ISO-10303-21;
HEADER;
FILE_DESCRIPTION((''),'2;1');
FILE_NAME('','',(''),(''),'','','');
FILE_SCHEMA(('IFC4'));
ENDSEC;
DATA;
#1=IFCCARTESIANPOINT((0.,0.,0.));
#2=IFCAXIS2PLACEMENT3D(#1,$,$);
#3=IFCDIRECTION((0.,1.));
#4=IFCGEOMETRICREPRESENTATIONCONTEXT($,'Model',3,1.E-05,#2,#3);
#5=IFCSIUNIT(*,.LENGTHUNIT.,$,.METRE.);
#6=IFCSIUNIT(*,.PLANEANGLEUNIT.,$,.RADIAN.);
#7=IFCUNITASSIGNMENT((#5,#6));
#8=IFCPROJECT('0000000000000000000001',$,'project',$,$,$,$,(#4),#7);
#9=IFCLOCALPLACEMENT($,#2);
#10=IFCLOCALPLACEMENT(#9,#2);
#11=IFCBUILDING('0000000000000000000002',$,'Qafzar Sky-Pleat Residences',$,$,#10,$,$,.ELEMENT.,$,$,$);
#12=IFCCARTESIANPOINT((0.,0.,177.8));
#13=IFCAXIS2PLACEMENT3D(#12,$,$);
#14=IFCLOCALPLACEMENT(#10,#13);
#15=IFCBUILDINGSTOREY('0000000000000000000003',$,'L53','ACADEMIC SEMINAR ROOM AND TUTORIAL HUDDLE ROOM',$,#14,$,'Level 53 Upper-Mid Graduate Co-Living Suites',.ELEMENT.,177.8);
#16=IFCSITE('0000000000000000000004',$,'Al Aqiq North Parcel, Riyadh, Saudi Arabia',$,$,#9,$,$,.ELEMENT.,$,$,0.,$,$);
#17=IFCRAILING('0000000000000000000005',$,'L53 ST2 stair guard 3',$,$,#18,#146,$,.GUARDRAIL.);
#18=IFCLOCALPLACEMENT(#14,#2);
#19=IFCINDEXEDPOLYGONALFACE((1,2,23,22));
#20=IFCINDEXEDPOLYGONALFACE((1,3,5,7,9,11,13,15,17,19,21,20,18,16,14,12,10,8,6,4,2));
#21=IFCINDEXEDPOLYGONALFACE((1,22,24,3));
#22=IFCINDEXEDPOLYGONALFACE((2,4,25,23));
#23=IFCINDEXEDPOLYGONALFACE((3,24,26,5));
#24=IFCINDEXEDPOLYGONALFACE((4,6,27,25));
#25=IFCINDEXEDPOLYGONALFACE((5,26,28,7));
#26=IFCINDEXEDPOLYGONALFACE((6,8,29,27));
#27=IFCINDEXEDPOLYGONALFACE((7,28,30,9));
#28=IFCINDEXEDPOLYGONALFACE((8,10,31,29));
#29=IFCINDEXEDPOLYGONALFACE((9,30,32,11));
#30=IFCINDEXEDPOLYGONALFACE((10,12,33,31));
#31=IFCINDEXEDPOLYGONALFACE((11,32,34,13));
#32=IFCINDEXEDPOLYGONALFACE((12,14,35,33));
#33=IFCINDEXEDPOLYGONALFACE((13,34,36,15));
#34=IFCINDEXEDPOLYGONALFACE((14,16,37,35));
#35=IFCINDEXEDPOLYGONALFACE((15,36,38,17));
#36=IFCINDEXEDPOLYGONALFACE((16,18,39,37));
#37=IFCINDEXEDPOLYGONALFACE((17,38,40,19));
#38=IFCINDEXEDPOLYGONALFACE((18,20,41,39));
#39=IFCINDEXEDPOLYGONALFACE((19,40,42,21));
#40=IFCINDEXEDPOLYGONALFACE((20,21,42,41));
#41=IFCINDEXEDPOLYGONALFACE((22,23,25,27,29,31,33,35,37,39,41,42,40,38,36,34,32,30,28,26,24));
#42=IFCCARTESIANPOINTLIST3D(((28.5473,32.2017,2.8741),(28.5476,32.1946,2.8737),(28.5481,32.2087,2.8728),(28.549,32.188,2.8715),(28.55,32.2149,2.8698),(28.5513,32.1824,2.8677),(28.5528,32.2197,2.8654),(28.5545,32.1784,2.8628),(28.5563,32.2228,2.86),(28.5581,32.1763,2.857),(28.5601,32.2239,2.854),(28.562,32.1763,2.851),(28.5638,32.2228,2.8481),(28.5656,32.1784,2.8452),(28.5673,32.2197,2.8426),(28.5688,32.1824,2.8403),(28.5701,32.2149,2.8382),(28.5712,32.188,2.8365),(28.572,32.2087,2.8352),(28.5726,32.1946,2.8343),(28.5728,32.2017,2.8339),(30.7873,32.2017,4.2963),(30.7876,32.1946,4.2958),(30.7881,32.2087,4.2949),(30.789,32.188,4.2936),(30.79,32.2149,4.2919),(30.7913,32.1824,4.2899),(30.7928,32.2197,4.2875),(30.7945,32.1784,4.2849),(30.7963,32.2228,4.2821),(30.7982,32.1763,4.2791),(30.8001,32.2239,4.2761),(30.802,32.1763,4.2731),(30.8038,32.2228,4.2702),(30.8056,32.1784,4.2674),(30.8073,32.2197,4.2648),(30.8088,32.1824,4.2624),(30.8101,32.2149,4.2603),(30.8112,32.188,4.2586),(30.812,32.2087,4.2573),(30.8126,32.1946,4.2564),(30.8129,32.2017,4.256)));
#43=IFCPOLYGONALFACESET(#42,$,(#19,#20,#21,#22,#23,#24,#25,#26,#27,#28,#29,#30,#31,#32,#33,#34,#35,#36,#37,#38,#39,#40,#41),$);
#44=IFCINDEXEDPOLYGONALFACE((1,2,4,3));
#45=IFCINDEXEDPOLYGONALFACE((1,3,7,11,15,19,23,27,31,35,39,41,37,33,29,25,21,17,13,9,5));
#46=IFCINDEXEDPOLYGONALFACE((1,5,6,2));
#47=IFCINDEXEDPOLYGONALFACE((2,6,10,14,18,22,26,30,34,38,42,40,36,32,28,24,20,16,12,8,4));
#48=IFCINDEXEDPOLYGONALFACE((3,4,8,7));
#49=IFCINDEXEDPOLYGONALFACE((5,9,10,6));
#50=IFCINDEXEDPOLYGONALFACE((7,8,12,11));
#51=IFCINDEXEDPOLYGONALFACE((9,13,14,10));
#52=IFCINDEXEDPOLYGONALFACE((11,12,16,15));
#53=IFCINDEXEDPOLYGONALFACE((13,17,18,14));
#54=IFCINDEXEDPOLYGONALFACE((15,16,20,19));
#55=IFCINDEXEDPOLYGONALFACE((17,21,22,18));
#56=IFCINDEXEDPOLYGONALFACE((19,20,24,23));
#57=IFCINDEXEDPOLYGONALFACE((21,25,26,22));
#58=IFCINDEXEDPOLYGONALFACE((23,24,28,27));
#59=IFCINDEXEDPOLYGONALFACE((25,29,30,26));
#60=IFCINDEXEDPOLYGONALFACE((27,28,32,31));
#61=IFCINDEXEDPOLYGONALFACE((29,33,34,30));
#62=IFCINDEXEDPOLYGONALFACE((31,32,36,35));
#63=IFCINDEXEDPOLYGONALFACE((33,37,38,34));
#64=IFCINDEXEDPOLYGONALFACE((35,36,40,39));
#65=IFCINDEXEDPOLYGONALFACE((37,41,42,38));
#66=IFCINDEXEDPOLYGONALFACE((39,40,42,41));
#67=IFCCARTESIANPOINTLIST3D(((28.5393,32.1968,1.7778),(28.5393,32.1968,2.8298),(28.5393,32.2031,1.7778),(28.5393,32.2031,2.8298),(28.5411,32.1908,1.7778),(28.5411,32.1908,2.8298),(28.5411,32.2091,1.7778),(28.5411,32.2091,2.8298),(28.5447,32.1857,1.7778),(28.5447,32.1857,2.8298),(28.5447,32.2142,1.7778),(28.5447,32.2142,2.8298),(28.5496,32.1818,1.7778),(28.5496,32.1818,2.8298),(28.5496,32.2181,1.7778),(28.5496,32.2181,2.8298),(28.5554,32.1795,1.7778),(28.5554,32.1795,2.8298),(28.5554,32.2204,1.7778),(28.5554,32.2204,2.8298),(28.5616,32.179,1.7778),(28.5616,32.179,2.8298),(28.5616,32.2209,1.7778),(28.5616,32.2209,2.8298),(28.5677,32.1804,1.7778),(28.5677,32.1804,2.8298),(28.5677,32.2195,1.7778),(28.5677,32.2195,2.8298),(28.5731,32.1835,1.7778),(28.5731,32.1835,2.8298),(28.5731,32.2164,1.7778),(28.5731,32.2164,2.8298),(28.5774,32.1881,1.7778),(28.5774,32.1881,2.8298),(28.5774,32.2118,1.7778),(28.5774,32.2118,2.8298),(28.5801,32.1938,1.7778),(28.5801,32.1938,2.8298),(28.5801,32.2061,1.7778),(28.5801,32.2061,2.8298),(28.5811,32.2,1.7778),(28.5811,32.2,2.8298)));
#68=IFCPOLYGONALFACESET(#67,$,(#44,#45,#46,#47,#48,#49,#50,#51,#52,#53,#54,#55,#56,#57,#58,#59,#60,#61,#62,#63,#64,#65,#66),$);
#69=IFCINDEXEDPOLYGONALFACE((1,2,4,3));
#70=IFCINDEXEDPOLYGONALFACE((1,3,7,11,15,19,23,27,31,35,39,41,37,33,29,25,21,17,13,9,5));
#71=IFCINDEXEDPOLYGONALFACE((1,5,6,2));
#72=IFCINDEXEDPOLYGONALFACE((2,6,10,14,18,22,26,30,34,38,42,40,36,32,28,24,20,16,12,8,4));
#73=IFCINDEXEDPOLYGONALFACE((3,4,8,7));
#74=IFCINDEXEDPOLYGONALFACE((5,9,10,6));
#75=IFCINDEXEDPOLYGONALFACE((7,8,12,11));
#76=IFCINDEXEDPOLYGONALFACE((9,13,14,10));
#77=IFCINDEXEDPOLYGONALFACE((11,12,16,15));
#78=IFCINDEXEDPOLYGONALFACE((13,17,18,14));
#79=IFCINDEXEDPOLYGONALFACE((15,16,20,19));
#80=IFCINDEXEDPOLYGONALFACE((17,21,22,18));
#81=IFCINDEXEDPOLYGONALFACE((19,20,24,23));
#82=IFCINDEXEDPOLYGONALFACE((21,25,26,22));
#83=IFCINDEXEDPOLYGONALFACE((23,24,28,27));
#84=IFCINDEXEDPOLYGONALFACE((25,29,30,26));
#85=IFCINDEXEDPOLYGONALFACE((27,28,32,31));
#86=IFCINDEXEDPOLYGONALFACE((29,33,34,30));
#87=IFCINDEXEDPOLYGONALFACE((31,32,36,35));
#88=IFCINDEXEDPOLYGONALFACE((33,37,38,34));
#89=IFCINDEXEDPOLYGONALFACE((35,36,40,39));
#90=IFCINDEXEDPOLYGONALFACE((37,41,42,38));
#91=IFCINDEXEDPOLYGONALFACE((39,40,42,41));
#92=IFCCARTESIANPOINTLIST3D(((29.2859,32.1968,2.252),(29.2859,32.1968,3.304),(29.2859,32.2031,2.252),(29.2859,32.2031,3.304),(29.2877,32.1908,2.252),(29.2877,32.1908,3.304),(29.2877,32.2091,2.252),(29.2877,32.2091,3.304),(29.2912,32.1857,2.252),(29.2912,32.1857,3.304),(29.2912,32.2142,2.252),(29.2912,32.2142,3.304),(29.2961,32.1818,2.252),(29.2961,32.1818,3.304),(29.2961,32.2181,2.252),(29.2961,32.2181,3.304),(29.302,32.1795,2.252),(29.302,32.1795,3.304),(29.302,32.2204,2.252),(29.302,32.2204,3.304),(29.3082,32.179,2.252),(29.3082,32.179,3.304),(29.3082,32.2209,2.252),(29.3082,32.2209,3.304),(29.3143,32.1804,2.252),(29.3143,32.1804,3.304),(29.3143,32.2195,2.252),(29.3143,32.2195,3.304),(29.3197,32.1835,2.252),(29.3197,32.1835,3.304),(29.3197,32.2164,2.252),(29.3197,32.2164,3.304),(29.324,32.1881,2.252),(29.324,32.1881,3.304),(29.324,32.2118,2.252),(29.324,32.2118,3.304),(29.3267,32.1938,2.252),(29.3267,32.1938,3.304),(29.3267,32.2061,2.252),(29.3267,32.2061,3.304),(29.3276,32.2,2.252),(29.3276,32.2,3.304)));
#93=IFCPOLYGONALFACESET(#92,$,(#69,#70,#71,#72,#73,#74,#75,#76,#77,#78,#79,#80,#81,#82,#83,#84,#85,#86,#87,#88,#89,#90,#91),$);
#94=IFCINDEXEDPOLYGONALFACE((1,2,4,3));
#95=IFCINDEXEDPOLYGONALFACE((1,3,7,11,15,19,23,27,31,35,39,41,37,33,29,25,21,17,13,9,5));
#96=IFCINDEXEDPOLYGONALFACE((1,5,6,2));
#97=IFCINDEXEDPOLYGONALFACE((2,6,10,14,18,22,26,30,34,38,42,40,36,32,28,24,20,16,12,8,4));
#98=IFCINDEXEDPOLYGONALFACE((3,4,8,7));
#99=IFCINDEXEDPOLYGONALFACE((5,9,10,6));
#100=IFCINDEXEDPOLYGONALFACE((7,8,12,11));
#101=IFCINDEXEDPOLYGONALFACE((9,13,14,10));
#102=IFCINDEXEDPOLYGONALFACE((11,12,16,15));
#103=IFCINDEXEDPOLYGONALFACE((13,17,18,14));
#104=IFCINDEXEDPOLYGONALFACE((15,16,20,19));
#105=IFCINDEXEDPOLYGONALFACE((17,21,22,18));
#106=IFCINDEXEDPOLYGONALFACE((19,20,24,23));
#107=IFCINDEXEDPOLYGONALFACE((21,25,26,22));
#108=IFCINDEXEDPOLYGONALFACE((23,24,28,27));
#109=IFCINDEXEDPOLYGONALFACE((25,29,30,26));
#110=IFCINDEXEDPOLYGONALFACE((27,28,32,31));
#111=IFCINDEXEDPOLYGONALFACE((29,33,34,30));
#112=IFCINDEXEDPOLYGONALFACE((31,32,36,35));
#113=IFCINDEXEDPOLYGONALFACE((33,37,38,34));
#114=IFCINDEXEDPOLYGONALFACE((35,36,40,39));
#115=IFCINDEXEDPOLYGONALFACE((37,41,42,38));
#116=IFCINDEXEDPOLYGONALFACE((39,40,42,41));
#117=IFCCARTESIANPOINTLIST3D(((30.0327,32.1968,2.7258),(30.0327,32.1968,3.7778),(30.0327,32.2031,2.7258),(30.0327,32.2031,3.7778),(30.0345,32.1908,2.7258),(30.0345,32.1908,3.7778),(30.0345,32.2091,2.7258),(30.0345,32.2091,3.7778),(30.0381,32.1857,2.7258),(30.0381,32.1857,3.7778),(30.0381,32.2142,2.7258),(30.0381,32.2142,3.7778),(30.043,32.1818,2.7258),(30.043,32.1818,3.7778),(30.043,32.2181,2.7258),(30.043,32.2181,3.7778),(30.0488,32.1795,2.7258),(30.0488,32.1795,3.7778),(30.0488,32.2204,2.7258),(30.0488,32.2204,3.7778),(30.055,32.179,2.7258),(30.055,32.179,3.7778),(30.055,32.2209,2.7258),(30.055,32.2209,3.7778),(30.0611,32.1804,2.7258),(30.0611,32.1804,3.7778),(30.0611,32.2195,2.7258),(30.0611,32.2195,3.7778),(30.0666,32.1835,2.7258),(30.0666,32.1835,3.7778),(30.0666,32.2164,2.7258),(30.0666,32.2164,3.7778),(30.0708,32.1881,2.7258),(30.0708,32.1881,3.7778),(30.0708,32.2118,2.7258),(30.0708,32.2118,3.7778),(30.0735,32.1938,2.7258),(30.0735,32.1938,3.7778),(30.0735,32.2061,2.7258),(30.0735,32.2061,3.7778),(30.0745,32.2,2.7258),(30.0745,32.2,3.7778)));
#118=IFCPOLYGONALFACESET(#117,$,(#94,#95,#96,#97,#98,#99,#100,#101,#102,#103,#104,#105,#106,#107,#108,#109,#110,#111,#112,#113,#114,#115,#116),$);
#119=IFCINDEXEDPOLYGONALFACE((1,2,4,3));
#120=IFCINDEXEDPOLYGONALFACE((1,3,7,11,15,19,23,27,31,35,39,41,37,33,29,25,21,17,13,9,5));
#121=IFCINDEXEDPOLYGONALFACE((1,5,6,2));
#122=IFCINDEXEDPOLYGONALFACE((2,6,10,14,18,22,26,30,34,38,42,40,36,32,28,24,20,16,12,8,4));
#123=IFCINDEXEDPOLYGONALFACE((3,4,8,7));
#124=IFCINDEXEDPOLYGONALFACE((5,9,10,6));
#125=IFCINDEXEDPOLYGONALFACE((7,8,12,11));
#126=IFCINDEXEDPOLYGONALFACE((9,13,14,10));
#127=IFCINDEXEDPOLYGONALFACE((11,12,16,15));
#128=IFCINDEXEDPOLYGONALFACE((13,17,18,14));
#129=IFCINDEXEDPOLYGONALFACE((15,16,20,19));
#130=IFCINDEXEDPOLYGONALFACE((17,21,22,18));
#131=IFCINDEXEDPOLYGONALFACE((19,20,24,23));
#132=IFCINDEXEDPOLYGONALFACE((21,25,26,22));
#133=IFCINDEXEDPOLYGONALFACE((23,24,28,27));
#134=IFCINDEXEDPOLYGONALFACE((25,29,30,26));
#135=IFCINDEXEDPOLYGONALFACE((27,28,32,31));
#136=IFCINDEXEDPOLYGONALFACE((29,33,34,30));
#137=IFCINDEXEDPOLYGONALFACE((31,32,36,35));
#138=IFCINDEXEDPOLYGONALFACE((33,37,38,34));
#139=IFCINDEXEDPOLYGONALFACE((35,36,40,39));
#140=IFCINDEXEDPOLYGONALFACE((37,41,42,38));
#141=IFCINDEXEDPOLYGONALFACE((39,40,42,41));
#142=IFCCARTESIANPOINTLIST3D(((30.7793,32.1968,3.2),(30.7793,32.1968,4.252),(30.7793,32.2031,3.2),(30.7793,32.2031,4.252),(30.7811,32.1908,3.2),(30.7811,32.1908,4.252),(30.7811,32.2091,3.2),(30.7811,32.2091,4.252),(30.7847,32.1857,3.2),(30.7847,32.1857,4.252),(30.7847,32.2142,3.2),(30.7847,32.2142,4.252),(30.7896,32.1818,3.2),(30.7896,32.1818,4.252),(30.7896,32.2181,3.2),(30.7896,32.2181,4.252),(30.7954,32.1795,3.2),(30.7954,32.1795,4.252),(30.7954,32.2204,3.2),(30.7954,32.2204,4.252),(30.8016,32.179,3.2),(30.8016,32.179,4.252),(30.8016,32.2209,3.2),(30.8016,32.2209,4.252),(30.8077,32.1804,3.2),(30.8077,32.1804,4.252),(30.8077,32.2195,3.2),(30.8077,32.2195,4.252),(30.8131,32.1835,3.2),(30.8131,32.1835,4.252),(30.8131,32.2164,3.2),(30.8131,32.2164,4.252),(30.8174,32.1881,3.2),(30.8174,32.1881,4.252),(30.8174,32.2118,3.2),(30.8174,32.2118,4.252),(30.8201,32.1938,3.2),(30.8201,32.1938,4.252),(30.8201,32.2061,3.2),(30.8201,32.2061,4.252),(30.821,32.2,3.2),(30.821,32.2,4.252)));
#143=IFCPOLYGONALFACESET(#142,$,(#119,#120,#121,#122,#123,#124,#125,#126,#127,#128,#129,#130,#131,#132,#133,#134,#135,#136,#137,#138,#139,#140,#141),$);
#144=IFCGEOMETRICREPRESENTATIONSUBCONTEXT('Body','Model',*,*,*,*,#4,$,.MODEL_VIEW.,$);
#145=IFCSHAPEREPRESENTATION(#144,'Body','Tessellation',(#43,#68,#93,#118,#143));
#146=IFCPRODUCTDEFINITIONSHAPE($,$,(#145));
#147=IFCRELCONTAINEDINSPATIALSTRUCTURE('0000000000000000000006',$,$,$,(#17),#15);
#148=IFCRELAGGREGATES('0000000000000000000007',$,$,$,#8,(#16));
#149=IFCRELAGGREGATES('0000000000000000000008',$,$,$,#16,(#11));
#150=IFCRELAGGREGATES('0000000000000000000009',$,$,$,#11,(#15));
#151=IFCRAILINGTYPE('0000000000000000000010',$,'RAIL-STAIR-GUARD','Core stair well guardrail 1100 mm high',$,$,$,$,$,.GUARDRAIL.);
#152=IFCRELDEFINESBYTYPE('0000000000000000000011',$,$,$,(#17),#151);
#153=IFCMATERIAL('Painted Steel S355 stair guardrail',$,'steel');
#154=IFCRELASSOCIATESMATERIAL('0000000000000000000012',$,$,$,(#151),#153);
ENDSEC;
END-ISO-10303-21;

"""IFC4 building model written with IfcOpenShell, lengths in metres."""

from ifc_helpers import new_model, si_unit, direction, frame, origin, origin_2d, place, context, subcontext, project, spatial, circle, extrude, source, transform, mapped, material, type_object, element, save


model = new_model("IFC4")

# Units and contexts
model_context = context("Model", 3, precision=1e-05, world=origin(), true_north=direction((0.0, 1.0)))
body_context = subcontext(model_context, "Body", "Model", "MODEL_VIEW")
ifc_project = project(units=[si_unit("LENGTHUNIT", "METRE"), si_unit("PLANEANGLEUNIT", "RADIAN")], contexts=[model_context])

# Site, building, storey
site_placement = place(None, origin())
site = spatial("IfcSite", under=ifc_project, at=site_placement, Name="Al Aqiq North Parcel, Riyadh, Saudi Arabia", CompositionType="ELEMENT", RefElevation=0.0)
building_placement = place(site_placement, origin())
building = spatial("IfcBuilding", under=site, at=building_placement, Name="Qafzar Sky-Pleat Residences", CompositionType="ELEMENT")
storey_placement = place(building_placement, frame((0.0, 0.0, 177.8)))
storey = spatial("IfcBuildingStorey", under=building, at=storey_placement, Name="L53", Description="ACADEMIC SEMINAR ROOM AND TUTORIAL HUDDLE ROOM", LongName="Level 53 Upper-Mid Graduate Co-Living Suites", CompositionType="ELEMENT", Elevation=177.8)

# Railing
ifc_material_1 = material(Name="Painted Steel S355 stair guardrail", Category="steel")
railing_type_1 = type_object("IfcRailingType", Name="RAIL-STAIR-GUARD", Description="Core stair well guardrail 1100 mm high", PredefinedType="GUARDRAIL", material=ifc_material_1)
shared_shape_1 = source(origin(), body_context, "Body", "SweptSolid", [
    extrude(circle(Radius=0.0239, at=origin_2d()), frame((0.0, 0.0, 1.0762), z_axis=(0.844229, 0.0, 0.535982), x_axis=(0.0, 1.0, 0.0)), (0.0, 0.0, 1.0), 2.6533),
    extrude(circle(Radius=0.021, at=origin_2d()), origin(), (0.0, 0.0, 1.0), 1.052),
    extrude(circle(Radius=0.021, at=origin_2d()), frame((0.7466, 0.0, 0.4741)), (0.0, 0.0, 1.0), 1.052),
    extrude(circle(Radius=0.021, at=origin_2d()), frame((1.4934, 0.0, 0.948)), (0.0, 0.0, 1.0), 1.052),
    extrude(circle(Radius=0.021, at=origin_2d()), frame((2.24, 0.0, 1.4221)), (0.0, 0.0, 1.0), 1.052),
])
railing_1_placement = place(storey_placement, frame((28.5601, 32.2, 1.7778)))
element("IfcRailing", 1, at=railing_1_placement, inside=storey, type_object=railing_type_1, Name="L53 ST2 stair guard 3", PredefinedType="GUARDRAIL", context=body_context, shape_type="MappedRepresentation", body=[
    mapped(shared_shape_1, transform((0.0, 0.0, 0.0), x_axis=(1.0, 0.0, 0.0), y_axis=(0.0, 1.0, 0.0), z_axis=(0.0, 0.0, 1.0), scale=1.0)),
])

save(model, "model.ifc")
